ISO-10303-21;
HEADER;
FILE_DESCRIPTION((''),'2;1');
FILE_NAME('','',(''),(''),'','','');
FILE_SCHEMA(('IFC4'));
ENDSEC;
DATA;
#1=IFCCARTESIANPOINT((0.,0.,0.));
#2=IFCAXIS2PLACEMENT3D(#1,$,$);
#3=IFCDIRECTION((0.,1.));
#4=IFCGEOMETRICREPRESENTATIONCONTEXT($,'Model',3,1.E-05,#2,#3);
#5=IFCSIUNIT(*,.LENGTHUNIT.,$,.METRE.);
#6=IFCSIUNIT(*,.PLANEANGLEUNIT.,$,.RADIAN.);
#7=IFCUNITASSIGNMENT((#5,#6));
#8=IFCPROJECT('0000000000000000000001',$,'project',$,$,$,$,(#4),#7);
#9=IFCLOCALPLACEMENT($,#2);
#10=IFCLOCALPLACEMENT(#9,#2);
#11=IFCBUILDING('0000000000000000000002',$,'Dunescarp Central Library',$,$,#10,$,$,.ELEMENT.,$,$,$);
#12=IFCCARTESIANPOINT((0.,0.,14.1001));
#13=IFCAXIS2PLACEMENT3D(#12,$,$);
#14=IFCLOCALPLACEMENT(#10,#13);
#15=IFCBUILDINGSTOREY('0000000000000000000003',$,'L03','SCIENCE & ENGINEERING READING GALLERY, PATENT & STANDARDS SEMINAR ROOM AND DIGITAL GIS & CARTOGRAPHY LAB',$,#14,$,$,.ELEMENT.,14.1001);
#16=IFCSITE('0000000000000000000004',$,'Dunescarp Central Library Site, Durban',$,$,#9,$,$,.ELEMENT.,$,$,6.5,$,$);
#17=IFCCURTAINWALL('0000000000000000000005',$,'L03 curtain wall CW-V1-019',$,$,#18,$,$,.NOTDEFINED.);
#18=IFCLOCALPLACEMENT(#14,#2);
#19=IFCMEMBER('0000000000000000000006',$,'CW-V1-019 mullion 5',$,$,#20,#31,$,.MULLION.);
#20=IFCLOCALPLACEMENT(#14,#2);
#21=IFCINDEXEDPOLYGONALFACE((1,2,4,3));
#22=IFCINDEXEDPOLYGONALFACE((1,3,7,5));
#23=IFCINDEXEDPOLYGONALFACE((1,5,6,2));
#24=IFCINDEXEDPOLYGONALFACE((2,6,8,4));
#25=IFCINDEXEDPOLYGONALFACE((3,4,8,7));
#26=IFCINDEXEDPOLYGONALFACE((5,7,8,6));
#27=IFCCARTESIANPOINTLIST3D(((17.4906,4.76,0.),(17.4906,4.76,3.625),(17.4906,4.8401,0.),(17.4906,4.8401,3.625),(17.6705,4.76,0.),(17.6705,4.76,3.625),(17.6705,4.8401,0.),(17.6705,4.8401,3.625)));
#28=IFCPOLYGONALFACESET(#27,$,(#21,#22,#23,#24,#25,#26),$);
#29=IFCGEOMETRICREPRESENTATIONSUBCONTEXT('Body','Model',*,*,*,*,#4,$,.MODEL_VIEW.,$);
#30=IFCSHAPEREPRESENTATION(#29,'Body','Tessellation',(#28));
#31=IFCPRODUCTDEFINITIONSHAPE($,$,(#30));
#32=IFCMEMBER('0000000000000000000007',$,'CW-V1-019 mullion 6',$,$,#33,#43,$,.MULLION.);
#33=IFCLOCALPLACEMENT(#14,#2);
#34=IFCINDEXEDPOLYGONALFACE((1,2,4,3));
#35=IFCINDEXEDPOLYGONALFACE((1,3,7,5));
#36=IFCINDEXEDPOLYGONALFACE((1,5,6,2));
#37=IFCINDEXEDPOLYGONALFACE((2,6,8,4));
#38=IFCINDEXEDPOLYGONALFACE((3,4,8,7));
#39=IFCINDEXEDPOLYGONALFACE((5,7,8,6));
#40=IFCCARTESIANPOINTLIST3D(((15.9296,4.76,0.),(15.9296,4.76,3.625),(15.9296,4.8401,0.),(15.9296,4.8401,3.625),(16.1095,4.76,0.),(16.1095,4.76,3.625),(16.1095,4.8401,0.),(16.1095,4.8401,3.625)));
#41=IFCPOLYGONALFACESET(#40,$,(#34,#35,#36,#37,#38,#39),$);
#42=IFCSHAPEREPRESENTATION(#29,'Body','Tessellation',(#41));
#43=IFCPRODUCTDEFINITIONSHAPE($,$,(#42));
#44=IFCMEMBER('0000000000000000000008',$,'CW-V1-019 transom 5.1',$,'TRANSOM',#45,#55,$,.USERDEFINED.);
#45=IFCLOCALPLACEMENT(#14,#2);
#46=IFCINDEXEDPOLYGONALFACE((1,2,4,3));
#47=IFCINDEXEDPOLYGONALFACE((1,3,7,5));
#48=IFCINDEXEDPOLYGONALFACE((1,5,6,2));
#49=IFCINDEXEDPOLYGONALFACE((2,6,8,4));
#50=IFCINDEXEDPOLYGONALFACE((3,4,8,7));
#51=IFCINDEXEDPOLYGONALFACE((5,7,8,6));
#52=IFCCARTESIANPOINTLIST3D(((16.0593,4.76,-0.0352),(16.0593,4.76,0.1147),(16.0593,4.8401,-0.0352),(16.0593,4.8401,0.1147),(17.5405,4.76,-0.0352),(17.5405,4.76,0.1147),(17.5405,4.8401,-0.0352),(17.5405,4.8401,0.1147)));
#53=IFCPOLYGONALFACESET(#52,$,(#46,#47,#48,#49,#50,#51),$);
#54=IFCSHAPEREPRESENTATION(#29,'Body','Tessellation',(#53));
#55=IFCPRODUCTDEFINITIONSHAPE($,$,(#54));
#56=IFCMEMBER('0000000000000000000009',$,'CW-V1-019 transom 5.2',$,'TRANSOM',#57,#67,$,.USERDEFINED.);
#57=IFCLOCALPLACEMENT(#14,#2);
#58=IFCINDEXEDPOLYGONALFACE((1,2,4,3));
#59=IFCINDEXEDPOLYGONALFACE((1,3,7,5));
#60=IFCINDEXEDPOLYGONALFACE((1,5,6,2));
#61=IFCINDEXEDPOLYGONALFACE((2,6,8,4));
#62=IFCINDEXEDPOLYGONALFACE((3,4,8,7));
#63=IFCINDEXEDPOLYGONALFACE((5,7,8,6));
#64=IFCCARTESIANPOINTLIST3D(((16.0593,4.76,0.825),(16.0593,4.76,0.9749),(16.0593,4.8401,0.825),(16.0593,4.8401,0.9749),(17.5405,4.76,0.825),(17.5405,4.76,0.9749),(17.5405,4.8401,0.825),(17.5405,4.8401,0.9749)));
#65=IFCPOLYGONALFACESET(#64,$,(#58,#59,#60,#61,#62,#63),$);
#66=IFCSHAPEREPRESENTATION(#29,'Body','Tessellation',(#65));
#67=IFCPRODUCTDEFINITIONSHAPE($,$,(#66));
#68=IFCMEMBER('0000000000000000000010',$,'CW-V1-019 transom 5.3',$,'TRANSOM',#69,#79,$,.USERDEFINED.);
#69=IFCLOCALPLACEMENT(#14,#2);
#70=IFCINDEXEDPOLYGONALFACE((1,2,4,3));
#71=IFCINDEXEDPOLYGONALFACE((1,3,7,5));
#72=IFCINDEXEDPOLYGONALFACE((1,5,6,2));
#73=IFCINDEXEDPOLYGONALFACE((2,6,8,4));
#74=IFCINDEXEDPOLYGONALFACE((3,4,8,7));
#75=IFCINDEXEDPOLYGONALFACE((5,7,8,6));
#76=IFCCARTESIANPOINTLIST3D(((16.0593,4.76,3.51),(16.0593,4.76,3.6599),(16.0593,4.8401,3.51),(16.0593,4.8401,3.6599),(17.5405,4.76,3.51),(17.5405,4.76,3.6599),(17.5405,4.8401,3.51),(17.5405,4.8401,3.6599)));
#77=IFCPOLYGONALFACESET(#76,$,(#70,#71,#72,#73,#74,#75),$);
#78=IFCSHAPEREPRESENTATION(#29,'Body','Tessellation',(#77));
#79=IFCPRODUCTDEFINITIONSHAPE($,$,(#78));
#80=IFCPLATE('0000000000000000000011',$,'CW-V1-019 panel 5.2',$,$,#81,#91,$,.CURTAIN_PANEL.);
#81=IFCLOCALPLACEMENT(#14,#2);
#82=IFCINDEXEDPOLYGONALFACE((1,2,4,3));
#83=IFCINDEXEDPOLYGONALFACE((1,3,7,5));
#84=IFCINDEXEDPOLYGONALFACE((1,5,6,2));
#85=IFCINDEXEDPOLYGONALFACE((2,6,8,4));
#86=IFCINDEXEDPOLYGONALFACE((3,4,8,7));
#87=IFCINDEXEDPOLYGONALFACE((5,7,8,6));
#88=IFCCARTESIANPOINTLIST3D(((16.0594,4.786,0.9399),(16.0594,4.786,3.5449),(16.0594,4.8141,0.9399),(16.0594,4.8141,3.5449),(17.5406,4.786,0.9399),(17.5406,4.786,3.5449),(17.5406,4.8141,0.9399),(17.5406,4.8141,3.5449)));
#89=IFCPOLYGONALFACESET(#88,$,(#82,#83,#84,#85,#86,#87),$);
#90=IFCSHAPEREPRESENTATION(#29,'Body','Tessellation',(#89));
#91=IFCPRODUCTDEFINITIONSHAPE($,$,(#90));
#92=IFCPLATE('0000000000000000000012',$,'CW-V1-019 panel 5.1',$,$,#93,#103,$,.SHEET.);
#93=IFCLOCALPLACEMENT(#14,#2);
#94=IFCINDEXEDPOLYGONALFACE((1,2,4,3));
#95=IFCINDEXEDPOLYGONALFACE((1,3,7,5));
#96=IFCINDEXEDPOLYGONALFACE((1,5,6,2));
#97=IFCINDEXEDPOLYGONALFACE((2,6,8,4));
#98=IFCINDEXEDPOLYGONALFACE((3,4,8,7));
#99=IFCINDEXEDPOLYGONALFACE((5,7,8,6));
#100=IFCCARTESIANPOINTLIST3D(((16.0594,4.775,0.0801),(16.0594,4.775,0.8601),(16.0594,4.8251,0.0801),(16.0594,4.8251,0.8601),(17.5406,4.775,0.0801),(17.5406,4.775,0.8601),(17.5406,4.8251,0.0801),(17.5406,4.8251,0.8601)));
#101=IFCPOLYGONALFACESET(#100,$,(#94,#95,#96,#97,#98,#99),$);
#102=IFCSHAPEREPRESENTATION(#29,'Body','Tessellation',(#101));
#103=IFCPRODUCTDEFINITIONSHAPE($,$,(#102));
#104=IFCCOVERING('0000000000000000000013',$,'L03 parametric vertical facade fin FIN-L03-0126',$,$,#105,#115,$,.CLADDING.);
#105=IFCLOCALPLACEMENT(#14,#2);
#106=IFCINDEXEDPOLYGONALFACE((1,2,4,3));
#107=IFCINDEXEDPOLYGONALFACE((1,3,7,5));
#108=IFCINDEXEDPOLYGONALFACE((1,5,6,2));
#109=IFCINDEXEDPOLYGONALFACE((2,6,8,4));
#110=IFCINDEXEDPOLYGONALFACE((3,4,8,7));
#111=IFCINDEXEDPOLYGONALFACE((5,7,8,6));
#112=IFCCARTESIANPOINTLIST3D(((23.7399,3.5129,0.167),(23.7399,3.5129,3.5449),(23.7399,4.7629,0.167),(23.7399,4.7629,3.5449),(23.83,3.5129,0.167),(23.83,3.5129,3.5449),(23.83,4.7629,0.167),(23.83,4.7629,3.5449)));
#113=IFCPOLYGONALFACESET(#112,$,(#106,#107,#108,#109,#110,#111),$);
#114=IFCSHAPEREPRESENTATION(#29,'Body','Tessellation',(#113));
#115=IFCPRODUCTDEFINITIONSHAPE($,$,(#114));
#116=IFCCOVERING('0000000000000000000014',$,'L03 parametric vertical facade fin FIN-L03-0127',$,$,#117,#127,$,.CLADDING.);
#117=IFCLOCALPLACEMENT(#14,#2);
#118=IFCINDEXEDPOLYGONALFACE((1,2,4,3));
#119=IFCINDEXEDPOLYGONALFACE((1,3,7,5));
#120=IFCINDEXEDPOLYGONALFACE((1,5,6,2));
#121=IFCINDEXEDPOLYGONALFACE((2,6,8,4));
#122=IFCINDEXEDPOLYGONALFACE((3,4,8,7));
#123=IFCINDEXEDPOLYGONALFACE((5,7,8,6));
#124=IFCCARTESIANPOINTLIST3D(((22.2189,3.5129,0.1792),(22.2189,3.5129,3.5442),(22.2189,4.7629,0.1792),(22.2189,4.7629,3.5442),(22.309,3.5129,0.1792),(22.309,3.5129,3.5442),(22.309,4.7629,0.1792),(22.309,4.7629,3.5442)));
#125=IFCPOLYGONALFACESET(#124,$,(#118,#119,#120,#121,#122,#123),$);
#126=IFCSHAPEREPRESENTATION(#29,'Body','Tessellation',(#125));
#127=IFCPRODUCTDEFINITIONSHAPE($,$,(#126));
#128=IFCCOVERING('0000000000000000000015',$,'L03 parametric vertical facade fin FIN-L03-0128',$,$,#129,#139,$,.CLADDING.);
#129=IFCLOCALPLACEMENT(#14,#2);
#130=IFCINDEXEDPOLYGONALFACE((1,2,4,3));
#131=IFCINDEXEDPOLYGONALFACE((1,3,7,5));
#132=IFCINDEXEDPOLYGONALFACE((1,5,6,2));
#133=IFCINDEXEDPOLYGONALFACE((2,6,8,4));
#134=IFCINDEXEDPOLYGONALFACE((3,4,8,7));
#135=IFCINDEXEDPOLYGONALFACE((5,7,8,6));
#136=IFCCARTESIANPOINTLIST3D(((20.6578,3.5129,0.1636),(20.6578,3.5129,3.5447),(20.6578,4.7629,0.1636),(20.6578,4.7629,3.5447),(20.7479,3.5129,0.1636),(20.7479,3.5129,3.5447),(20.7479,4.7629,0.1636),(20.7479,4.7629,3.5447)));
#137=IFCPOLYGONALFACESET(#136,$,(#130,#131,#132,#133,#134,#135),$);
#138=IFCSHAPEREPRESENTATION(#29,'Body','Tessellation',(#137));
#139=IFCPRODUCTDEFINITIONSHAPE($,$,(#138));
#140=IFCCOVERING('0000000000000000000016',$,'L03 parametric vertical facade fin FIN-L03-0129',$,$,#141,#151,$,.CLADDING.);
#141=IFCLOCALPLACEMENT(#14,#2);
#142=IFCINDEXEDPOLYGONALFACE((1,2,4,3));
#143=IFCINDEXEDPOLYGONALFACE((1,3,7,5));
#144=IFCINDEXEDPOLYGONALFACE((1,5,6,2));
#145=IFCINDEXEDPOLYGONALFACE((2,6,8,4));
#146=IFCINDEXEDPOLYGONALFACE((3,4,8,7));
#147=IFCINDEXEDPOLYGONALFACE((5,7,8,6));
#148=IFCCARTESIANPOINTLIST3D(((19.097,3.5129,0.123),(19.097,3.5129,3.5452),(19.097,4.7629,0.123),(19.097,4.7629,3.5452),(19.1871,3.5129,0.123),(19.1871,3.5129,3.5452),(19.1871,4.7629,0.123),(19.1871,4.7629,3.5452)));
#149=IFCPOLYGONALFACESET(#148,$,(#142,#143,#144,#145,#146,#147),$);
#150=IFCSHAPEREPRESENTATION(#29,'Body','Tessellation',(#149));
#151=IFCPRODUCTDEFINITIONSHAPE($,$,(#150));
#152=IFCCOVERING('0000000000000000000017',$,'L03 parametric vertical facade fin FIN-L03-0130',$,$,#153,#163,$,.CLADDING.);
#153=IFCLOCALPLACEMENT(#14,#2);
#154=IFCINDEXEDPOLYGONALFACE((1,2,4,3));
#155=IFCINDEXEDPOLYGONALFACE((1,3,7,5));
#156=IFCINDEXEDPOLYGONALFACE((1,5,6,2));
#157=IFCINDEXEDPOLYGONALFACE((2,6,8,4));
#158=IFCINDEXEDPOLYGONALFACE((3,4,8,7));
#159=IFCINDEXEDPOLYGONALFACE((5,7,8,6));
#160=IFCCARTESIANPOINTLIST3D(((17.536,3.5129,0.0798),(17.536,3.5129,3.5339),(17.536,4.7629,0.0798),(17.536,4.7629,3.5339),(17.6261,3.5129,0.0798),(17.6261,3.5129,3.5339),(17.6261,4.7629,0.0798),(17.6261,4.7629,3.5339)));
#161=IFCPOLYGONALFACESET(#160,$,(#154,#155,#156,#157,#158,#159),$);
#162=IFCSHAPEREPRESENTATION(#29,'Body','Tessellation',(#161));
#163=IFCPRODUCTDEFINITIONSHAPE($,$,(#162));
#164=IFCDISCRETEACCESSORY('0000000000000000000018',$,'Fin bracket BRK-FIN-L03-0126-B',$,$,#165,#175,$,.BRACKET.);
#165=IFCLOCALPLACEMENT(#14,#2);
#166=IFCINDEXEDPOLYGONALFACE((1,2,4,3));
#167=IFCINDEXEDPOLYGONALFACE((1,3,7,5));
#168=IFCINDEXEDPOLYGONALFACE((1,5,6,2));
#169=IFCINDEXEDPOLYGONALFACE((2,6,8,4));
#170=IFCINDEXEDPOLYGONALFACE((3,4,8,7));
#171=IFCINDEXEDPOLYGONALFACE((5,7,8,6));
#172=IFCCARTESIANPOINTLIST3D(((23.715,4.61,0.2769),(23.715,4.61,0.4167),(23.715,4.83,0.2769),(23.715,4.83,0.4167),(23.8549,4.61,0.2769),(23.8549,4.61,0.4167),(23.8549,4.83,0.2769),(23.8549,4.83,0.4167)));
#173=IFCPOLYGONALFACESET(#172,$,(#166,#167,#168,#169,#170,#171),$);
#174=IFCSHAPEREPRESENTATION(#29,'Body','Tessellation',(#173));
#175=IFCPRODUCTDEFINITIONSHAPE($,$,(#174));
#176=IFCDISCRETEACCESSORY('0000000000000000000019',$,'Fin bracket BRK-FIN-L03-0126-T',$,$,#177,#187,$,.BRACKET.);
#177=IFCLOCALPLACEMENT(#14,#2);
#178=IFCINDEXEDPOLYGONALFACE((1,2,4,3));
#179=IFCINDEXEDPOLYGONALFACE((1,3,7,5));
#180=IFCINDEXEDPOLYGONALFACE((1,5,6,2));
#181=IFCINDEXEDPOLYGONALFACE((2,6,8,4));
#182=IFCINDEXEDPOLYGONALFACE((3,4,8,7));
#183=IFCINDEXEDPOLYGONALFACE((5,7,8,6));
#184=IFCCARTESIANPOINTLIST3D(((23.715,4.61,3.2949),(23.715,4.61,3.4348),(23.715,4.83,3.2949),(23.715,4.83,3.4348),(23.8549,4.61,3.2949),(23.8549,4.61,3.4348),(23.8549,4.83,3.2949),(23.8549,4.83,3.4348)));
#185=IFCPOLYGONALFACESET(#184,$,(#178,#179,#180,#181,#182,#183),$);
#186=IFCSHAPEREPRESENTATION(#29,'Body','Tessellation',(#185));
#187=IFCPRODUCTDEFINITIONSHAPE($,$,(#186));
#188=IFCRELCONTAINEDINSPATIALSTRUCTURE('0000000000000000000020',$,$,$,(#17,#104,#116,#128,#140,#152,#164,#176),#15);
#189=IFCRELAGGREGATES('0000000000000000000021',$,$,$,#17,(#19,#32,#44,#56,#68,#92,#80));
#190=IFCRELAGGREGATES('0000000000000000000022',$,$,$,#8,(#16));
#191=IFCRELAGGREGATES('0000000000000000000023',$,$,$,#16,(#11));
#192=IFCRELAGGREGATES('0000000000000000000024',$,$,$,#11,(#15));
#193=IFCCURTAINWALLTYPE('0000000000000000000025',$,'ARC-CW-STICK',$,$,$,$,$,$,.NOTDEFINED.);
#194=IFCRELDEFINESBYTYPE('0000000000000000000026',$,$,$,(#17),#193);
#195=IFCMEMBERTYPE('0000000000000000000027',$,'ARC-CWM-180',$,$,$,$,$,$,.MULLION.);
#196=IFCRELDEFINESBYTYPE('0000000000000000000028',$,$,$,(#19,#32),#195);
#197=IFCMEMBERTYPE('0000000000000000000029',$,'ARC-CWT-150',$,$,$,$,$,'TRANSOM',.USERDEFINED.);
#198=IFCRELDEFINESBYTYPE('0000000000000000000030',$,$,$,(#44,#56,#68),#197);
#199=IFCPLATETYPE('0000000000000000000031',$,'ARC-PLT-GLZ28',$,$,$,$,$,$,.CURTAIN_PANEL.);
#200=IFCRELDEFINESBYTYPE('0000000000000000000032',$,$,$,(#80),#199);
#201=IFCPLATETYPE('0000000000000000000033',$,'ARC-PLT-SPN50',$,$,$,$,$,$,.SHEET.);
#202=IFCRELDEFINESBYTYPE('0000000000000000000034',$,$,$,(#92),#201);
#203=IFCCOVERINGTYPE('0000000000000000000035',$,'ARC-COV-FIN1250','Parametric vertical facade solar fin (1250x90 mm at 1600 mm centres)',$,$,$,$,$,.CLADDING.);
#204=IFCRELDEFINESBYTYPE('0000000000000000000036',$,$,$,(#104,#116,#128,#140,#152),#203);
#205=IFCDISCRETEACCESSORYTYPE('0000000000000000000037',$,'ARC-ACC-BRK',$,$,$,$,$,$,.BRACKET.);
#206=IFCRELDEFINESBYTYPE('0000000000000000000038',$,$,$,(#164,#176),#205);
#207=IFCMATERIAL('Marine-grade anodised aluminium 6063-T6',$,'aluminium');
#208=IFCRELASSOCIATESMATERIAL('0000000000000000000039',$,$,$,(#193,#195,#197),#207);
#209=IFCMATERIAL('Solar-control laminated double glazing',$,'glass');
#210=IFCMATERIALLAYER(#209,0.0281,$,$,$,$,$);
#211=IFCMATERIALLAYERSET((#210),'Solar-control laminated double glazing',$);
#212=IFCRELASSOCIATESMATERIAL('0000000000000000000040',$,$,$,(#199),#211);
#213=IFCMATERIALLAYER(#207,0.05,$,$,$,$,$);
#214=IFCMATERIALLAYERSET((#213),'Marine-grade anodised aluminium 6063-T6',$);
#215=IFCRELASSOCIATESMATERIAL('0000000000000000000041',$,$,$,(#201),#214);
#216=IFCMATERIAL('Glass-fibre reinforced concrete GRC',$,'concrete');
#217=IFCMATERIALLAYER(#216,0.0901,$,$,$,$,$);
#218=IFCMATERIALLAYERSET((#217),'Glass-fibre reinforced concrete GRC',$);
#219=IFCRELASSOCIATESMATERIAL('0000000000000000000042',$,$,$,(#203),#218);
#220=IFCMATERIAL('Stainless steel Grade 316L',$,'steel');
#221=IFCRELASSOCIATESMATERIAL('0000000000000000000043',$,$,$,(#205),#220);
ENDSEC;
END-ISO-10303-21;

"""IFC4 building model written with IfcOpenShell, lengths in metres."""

from ifc_helpers import new_model, si_unit, direction, frame, origin, origin_2d, place, context, subcontext, project, spatial, rectangle, extrude, material, layer, layer_set, material_profile, profile_set, type_object, element, aggregate, save


model = new_model("IFC4")

# Units and contexts
model_context = context("Model", 3, precision=1e-05, world=origin(), true_north=direction((0.0, 1.0)))
body_context = subcontext(model_context, "Body", "Model", "MODEL_VIEW")
ifc_project = project(units=[si_unit("LENGTHUNIT", "METRE"), si_unit("PLANEANGLEUNIT", "RADIAN")], contexts=[model_context])

# Site, building, storey
site_placement = place(None, origin())
site = spatial("IfcSite", under=ifc_project, at=site_placement, Name="Dunescarp Central Library Site, Durban", CompositionType="ELEMENT", RefElevation=6.5)
building_placement = place(site_placement, origin())
building = spatial("IfcBuilding", under=site, at=building_placement, Name="Dunescarp Central Library", CompositionType="ELEMENT")
storey_placement = place(building_placement, frame((0.0, 0.0, 14.1001)))
storey = spatial("IfcBuildingStorey", under=building, at=storey_placement, Name="L03", Description="SCIENCE & ENGINEERING READING GALLERY, PATENT & STANDARDS SEMINAR ROOM AND DIGITAL GIS & CARTOGRAPHY LAB", CompositionType="ELEMENT", Elevation=14.1001)

# Curtain wall, members, plates
ifc_material_1 = material(Name="Marine-grade anodised aluminium 6063-T6", Category="aluminium")
curtain_wall_type = type_object("IfcCurtainWallType", Name="ARC-CW-STICK", PredefinedType="NOTDEFINED", material=ifc_material_1)
curtain_wall_placement = place(storey_placement, origin())
curtain_wall = element("IfcCurtainWall", 1, at=curtain_wall_placement, inside=storey, type_object=curtain_wall_type, Name="L03 curtain wall CW-V1-019", PredefinedType="NOTDEFINED")
ifc_material_profile_1 = material_profile(ifc_material_1, rectangle(XDim=0.0801, YDim=0.1799, at=origin_2d()), Name="AL 80x180")
ifc_profile_set_1 = profile_set([ifc_material_profile_1], Name="Marine-grade anodised aluminium 6063-T6")
member_type_1 = type_object("IfcMemberType", Name="ARC-CWM-180", PredefinedType="MULLION", material=ifc_profile_set_1)
member_1_placement = place(storey_placement, frame((17.5806, 4.8, 0.0), z_axis=(0.0, 0.0, 1.0), x_axis=(0.0, -1.0, 0.0)))
member_1 = element("IfcMember", 2, at=member_1_placement, type_object=member_type_1, Name="CW-V1-019 mullion 5", PredefinedType="MULLION", context=body_context, shape_type="SweptSolid", body=[
    extrude(rectangle(XDim=0.0801, YDim=0.1799, at=origin_2d()), origin(), (0.0, 0.0, 1.0), 3.625),
])
member_2_placement = place(storey_placement, frame((16.0195, 4.8, 0.0), z_axis=(0.0, 0.0, 1.0), x_axis=(0.0, -1.0, 0.0)))
member_2 = element("IfcMember", 3, at=member_2_placement, type_object=member_type_1, Name="CW-V1-019 mullion 6", PredefinedType="MULLION", context=body_context, shape_type="SweptSolid", body=[
    extrude(rectangle(XDim=0.0801, YDim=0.1799, at=origin_2d()), origin(), (0.0, 0.0, 1.0), 3.625),
])
ifc_material_profile_2 = material_profile(ifc_material_1, rectangle(XDim=0.0801, YDim=0.1499, at=origin_2d()), Name="AL 80x150")
ifc_profile_set_2 = profile_set([ifc_material_profile_2], Name="Marine-grade anodised aluminium 6063-T6")
member_type_2 = type_object("IfcMemberType", Name="ARC-CWT-150", ElementType="TRANSOM", PredefinedType="USERDEFINED", material=ifc_profile_set_2)
member_3_placement = place(storey_placement, frame((17.5405, 4.8, 0.0398), z_axis=(-1.0, 0.0, 0.0), x_axis=(0.0, -1.0, 0.0)))
member_3 = element("IfcMember", 4, at=member_3_placement, type_object=member_type_2, Name="CW-V1-019 transom 5.1", ObjectType="TRANSOM", PredefinedType="USERDEFINED", context=body_context, shape_type="SweptSolid", body=[
    extrude(rectangle(XDim=0.0801, YDim=0.1499, at=origin_2d()), origin(), (0.0, 0.0, 1.0), 1.4812),
])
member_4_placement = place(storey_placement, frame((17.5405, 4.8, 0.8999), z_axis=(-1.0, 0.0, 0.0), x_axis=(0.0, -1.0, 0.0)))
member_4 = element("IfcMember", 5, at=member_4_placement, type_object=member_type_2, Name="CW-V1-019 transom 5.2", ObjectType="TRANSOM", PredefinedType="USERDEFINED", context=body_context, shape_type="SweptSolid", body=[
    extrude(rectangle(XDim=0.0801, YDim=0.1499, at=origin_2d()), origin(), (0.0, 0.0, 1.0), 1.4812),
])
member_5_placement = place(storey_placement, frame((17.5405, 4.8, 3.585), z_axis=(-1.0, 0.0, 0.0), x_axis=(0.0, -1.0, 0.0)))
member_5 = element("IfcMember", 6, at=member_5_placement, type_object=member_type_2, Name="CW-V1-019 transom 5.3", ObjectType="TRANSOM", PredefinedType="USERDEFINED", context=body_context, shape_type="SweptSolid", body=[
    extrude(rectangle(XDim=0.0801, YDim=0.1499, at=origin_2d()), origin(), (0.0, 0.0, 1.0), 1.4812),
])
ifc_material_2 = material(Name="Solar-control laminated double glazing", Category="glass")
ifc_layer_1 = layer(ifc_material_2, 0.0281)
ifc_layer_set_1 = layer_set([ifc_layer_1], Name="Solar-control laminated double glazing")
plate_type_1 = type_object("IfcPlateType", Name="ARC-PLT-GLZ28", PredefinedType="CURTAIN_PANEL", material=ifc_layer_set_1)
plate_1_placement = place(storey_placement, frame((16.8, 4.8, 0.9399), z_axis=(0.0, 0.0, 1.0), x_axis=(-1.0, 0.0, 0.0)))
plate_1 = element("IfcPlate", 7, at=plate_1_placement, type_object=plate_type_1, Name="CW-V1-019 panel 5.2", PredefinedType="CURTAIN_PANEL", context=body_context, shape_type="SweptSolid", body=[
    extrude(rectangle(XDim=1.4812, YDim=0.0281, at=origin_2d()), origin(), (0.0, 0.0, 1.0), 2.605),
])
ifc_layer_2 = layer(ifc_material_1, 0.05)
ifc_layer_set_2 = layer_set([ifc_layer_2], Name="Marine-grade anodised aluminium 6063-T6")
plate_type_2 = type_object("IfcPlateType", Name="ARC-PLT-SPN50", PredefinedType="SHEET", material=ifc_layer_set_2)
plate_2_placement = place(storey_placement, frame((16.8, 4.8, 0.0801), z_axis=(0.0, 0.0, 1.0), x_axis=(-1.0, 0.0, 0.0)))
plate_2 = element("IfcPlate", 8, at=plate_2_placement, type_object=plate_type_2, Name="CW-V1-019 panel 5.1", PredefinedType="SHEET", context=body_context, shape_type="SweptSolid", body=[
    extrude(rectangle(XDim=1.4812, YDim=0.05, at=origin_2d()), origin(), (0.0, 0.0, 1.0), 0.78),
])
aggregate(curtain_wall, [member_1, member_2, member_3, member_4, member_5, plate_2, plate_1])

# Coverings
ifc_material_3 = material(Name="Glass-fibre reinforced concrete GRC", Category="concrete")
ifc_layer_3 = layer(ifc_material_3, 0.0901)
ifc_layer_set_3 = layer_set([ifc_layer_3], Name="Glass-fibre reinforced concrete GRC")
covering_type = type_object("IfcCoveringType", Name="ARC-COV-FIN1250", Description="Parametric vertical facade solar fin (1250x90 mm at 1600 mm centres)", PredefinedType="CLADDING", material=ifc_layer_set_3)
covering_1_placement = place(storey_placement, frame((23.7849, 4.1379, 0.167), z_axis=(0.0, 0.0, 1.0), x_axis=(0.0, -1.0, 0.0)))
element("IfcCovering", 9, at=covering_1_placement, inside=storey, type_object=covering_type, Name="L03 parametric vertical facade fin FIN-L03-0126", PredefinedType="CLADDING", context=body_context, shape_type="SweptSolid", body=[
    extrude(rectangle(XDim=1.25, YDim=0.0901, at=origin_2d()), origin(), (0.0, 0.0, 1.0), 3.3779),
])
covering_2_placement = place(storey_placement, frame((22.2639, 4.1379, 0.1792), z_axis=(0.0, 0.0, 1.0), x_axis=(0.0, -1.0, 0.0)))
element("IfcCovering", 10, at=covering_2_placement, inside=storey, type_object=covering_type, Name="L03 parametric vertical facade fin FIN-L03-0127", PredefinedType="CLADDING", context=body_context, shape_type="SweptSolid", body=[
    extrude(rectangle(XDim=1.25, YDim=0.0901, at=origin_2d()), origin(), (0.0, 0.0, 1.0), 3.365),
])
covering_3_placement = place(storey_placement, frame((20.7029, 4.1379, 0.1636), z_axis=(0.0, 0.0, 1.0), x_axis=(0.0, -1.0, 0.0)))
element("IfcCovering", 11, at=covering_3_placement, inside=storey, type_object=covering_type, Name="L03 parametric vertical facade fin FIN-L03-0128", PredefinedType="CLADDING", context=body_context, shape_type="SweptSolid", body=[
    extrude(rectangle(XDim=1.25, YDim=0.0901, at=origin_2d()), origin(), (0.0, 0.0, 1.0), 3.3811),
])
covering_4_placement = place(storey_placement, frame((19.1421, 4.1379, 0.123), z_axis=(0.0, 0.0, 1.0), x_axis=(0.0, -1.0, 0.0)))
element("IfcCovering", 12, at=covering_4_placement, inside=storey, type_object=covering_type, Name="L03 parametric vertical facade fin FIN-L03-0129", PredefinedType="CLADDING", context=body_context, shape_type="SweptSolid", body=[
    extrude(rectangle(XDim=1.25, YDim=0.0901, at=origin_2d()), origin(), (0.0, 0.0, 1.0), 3.4221),
])
covering_5_placement = place(storey_placement, frame((17.5811, 4.1379, 0.0798), z_axis=(0.0, 0.0, 1.0), x_axis=(0.0, -1.0, 0.0)))
element("IfcCovering", 13, at=covering_5_placement, inside=storey, type_object=covering_type, Name="L03 parametric vertical facade fin FIN-L03-0130", PredefinedType="CLADDING", context=body_context, shape_type="SweptSolid", body=[
    extrude(rectangle(XDim=1.25, YDim=0.0901, at=origin_2d()), origin(), (0.0, 0.0, 1.0), 3.4541),
])

# Discrete accessories
ifc_material_4 = material(Name="Stainless steel Grade 316L", Category="steel")
discrete_accessory_type = type_object("IfcDiscreteAccessoryType", Name="ARC-ACC-BRK", PredefinedType="BRACKET", material=ifc_material_4)
for number, where, z_axis, x_axis, name in (
    (14, (23.7849, 4.72, 0.2769), (0.0, 0.0, 1.0), (0.0, -1.0, 0.0), "Fin bracket BRK-FIN-L03-0126-B"),
    (15, (23.7849, 4.72, 3.2949), (0.0, 0.0, 1.0), (0.0, -1.0, 0.0), "Fin bracket BRK-FIN-L03-0126-T"),
):
    element("IfcDiscreteAccessory", number, at=place(storey_placement, frame(where, z_axis=z_axis, x_axis=x_axis)), inside=storey, type_object=discrete_accessory_type, Name=name, PredefinedType="BRACKET", context=body_context, shape_type="SweptSolid", body=[
        extrude(rectangle(XDim=0.22, YDim=0.1399, at=origin_2d()), origin(), (0.0, 0.0, 1.0), 0.1399),
    ])

save(model, "model.ifc")
